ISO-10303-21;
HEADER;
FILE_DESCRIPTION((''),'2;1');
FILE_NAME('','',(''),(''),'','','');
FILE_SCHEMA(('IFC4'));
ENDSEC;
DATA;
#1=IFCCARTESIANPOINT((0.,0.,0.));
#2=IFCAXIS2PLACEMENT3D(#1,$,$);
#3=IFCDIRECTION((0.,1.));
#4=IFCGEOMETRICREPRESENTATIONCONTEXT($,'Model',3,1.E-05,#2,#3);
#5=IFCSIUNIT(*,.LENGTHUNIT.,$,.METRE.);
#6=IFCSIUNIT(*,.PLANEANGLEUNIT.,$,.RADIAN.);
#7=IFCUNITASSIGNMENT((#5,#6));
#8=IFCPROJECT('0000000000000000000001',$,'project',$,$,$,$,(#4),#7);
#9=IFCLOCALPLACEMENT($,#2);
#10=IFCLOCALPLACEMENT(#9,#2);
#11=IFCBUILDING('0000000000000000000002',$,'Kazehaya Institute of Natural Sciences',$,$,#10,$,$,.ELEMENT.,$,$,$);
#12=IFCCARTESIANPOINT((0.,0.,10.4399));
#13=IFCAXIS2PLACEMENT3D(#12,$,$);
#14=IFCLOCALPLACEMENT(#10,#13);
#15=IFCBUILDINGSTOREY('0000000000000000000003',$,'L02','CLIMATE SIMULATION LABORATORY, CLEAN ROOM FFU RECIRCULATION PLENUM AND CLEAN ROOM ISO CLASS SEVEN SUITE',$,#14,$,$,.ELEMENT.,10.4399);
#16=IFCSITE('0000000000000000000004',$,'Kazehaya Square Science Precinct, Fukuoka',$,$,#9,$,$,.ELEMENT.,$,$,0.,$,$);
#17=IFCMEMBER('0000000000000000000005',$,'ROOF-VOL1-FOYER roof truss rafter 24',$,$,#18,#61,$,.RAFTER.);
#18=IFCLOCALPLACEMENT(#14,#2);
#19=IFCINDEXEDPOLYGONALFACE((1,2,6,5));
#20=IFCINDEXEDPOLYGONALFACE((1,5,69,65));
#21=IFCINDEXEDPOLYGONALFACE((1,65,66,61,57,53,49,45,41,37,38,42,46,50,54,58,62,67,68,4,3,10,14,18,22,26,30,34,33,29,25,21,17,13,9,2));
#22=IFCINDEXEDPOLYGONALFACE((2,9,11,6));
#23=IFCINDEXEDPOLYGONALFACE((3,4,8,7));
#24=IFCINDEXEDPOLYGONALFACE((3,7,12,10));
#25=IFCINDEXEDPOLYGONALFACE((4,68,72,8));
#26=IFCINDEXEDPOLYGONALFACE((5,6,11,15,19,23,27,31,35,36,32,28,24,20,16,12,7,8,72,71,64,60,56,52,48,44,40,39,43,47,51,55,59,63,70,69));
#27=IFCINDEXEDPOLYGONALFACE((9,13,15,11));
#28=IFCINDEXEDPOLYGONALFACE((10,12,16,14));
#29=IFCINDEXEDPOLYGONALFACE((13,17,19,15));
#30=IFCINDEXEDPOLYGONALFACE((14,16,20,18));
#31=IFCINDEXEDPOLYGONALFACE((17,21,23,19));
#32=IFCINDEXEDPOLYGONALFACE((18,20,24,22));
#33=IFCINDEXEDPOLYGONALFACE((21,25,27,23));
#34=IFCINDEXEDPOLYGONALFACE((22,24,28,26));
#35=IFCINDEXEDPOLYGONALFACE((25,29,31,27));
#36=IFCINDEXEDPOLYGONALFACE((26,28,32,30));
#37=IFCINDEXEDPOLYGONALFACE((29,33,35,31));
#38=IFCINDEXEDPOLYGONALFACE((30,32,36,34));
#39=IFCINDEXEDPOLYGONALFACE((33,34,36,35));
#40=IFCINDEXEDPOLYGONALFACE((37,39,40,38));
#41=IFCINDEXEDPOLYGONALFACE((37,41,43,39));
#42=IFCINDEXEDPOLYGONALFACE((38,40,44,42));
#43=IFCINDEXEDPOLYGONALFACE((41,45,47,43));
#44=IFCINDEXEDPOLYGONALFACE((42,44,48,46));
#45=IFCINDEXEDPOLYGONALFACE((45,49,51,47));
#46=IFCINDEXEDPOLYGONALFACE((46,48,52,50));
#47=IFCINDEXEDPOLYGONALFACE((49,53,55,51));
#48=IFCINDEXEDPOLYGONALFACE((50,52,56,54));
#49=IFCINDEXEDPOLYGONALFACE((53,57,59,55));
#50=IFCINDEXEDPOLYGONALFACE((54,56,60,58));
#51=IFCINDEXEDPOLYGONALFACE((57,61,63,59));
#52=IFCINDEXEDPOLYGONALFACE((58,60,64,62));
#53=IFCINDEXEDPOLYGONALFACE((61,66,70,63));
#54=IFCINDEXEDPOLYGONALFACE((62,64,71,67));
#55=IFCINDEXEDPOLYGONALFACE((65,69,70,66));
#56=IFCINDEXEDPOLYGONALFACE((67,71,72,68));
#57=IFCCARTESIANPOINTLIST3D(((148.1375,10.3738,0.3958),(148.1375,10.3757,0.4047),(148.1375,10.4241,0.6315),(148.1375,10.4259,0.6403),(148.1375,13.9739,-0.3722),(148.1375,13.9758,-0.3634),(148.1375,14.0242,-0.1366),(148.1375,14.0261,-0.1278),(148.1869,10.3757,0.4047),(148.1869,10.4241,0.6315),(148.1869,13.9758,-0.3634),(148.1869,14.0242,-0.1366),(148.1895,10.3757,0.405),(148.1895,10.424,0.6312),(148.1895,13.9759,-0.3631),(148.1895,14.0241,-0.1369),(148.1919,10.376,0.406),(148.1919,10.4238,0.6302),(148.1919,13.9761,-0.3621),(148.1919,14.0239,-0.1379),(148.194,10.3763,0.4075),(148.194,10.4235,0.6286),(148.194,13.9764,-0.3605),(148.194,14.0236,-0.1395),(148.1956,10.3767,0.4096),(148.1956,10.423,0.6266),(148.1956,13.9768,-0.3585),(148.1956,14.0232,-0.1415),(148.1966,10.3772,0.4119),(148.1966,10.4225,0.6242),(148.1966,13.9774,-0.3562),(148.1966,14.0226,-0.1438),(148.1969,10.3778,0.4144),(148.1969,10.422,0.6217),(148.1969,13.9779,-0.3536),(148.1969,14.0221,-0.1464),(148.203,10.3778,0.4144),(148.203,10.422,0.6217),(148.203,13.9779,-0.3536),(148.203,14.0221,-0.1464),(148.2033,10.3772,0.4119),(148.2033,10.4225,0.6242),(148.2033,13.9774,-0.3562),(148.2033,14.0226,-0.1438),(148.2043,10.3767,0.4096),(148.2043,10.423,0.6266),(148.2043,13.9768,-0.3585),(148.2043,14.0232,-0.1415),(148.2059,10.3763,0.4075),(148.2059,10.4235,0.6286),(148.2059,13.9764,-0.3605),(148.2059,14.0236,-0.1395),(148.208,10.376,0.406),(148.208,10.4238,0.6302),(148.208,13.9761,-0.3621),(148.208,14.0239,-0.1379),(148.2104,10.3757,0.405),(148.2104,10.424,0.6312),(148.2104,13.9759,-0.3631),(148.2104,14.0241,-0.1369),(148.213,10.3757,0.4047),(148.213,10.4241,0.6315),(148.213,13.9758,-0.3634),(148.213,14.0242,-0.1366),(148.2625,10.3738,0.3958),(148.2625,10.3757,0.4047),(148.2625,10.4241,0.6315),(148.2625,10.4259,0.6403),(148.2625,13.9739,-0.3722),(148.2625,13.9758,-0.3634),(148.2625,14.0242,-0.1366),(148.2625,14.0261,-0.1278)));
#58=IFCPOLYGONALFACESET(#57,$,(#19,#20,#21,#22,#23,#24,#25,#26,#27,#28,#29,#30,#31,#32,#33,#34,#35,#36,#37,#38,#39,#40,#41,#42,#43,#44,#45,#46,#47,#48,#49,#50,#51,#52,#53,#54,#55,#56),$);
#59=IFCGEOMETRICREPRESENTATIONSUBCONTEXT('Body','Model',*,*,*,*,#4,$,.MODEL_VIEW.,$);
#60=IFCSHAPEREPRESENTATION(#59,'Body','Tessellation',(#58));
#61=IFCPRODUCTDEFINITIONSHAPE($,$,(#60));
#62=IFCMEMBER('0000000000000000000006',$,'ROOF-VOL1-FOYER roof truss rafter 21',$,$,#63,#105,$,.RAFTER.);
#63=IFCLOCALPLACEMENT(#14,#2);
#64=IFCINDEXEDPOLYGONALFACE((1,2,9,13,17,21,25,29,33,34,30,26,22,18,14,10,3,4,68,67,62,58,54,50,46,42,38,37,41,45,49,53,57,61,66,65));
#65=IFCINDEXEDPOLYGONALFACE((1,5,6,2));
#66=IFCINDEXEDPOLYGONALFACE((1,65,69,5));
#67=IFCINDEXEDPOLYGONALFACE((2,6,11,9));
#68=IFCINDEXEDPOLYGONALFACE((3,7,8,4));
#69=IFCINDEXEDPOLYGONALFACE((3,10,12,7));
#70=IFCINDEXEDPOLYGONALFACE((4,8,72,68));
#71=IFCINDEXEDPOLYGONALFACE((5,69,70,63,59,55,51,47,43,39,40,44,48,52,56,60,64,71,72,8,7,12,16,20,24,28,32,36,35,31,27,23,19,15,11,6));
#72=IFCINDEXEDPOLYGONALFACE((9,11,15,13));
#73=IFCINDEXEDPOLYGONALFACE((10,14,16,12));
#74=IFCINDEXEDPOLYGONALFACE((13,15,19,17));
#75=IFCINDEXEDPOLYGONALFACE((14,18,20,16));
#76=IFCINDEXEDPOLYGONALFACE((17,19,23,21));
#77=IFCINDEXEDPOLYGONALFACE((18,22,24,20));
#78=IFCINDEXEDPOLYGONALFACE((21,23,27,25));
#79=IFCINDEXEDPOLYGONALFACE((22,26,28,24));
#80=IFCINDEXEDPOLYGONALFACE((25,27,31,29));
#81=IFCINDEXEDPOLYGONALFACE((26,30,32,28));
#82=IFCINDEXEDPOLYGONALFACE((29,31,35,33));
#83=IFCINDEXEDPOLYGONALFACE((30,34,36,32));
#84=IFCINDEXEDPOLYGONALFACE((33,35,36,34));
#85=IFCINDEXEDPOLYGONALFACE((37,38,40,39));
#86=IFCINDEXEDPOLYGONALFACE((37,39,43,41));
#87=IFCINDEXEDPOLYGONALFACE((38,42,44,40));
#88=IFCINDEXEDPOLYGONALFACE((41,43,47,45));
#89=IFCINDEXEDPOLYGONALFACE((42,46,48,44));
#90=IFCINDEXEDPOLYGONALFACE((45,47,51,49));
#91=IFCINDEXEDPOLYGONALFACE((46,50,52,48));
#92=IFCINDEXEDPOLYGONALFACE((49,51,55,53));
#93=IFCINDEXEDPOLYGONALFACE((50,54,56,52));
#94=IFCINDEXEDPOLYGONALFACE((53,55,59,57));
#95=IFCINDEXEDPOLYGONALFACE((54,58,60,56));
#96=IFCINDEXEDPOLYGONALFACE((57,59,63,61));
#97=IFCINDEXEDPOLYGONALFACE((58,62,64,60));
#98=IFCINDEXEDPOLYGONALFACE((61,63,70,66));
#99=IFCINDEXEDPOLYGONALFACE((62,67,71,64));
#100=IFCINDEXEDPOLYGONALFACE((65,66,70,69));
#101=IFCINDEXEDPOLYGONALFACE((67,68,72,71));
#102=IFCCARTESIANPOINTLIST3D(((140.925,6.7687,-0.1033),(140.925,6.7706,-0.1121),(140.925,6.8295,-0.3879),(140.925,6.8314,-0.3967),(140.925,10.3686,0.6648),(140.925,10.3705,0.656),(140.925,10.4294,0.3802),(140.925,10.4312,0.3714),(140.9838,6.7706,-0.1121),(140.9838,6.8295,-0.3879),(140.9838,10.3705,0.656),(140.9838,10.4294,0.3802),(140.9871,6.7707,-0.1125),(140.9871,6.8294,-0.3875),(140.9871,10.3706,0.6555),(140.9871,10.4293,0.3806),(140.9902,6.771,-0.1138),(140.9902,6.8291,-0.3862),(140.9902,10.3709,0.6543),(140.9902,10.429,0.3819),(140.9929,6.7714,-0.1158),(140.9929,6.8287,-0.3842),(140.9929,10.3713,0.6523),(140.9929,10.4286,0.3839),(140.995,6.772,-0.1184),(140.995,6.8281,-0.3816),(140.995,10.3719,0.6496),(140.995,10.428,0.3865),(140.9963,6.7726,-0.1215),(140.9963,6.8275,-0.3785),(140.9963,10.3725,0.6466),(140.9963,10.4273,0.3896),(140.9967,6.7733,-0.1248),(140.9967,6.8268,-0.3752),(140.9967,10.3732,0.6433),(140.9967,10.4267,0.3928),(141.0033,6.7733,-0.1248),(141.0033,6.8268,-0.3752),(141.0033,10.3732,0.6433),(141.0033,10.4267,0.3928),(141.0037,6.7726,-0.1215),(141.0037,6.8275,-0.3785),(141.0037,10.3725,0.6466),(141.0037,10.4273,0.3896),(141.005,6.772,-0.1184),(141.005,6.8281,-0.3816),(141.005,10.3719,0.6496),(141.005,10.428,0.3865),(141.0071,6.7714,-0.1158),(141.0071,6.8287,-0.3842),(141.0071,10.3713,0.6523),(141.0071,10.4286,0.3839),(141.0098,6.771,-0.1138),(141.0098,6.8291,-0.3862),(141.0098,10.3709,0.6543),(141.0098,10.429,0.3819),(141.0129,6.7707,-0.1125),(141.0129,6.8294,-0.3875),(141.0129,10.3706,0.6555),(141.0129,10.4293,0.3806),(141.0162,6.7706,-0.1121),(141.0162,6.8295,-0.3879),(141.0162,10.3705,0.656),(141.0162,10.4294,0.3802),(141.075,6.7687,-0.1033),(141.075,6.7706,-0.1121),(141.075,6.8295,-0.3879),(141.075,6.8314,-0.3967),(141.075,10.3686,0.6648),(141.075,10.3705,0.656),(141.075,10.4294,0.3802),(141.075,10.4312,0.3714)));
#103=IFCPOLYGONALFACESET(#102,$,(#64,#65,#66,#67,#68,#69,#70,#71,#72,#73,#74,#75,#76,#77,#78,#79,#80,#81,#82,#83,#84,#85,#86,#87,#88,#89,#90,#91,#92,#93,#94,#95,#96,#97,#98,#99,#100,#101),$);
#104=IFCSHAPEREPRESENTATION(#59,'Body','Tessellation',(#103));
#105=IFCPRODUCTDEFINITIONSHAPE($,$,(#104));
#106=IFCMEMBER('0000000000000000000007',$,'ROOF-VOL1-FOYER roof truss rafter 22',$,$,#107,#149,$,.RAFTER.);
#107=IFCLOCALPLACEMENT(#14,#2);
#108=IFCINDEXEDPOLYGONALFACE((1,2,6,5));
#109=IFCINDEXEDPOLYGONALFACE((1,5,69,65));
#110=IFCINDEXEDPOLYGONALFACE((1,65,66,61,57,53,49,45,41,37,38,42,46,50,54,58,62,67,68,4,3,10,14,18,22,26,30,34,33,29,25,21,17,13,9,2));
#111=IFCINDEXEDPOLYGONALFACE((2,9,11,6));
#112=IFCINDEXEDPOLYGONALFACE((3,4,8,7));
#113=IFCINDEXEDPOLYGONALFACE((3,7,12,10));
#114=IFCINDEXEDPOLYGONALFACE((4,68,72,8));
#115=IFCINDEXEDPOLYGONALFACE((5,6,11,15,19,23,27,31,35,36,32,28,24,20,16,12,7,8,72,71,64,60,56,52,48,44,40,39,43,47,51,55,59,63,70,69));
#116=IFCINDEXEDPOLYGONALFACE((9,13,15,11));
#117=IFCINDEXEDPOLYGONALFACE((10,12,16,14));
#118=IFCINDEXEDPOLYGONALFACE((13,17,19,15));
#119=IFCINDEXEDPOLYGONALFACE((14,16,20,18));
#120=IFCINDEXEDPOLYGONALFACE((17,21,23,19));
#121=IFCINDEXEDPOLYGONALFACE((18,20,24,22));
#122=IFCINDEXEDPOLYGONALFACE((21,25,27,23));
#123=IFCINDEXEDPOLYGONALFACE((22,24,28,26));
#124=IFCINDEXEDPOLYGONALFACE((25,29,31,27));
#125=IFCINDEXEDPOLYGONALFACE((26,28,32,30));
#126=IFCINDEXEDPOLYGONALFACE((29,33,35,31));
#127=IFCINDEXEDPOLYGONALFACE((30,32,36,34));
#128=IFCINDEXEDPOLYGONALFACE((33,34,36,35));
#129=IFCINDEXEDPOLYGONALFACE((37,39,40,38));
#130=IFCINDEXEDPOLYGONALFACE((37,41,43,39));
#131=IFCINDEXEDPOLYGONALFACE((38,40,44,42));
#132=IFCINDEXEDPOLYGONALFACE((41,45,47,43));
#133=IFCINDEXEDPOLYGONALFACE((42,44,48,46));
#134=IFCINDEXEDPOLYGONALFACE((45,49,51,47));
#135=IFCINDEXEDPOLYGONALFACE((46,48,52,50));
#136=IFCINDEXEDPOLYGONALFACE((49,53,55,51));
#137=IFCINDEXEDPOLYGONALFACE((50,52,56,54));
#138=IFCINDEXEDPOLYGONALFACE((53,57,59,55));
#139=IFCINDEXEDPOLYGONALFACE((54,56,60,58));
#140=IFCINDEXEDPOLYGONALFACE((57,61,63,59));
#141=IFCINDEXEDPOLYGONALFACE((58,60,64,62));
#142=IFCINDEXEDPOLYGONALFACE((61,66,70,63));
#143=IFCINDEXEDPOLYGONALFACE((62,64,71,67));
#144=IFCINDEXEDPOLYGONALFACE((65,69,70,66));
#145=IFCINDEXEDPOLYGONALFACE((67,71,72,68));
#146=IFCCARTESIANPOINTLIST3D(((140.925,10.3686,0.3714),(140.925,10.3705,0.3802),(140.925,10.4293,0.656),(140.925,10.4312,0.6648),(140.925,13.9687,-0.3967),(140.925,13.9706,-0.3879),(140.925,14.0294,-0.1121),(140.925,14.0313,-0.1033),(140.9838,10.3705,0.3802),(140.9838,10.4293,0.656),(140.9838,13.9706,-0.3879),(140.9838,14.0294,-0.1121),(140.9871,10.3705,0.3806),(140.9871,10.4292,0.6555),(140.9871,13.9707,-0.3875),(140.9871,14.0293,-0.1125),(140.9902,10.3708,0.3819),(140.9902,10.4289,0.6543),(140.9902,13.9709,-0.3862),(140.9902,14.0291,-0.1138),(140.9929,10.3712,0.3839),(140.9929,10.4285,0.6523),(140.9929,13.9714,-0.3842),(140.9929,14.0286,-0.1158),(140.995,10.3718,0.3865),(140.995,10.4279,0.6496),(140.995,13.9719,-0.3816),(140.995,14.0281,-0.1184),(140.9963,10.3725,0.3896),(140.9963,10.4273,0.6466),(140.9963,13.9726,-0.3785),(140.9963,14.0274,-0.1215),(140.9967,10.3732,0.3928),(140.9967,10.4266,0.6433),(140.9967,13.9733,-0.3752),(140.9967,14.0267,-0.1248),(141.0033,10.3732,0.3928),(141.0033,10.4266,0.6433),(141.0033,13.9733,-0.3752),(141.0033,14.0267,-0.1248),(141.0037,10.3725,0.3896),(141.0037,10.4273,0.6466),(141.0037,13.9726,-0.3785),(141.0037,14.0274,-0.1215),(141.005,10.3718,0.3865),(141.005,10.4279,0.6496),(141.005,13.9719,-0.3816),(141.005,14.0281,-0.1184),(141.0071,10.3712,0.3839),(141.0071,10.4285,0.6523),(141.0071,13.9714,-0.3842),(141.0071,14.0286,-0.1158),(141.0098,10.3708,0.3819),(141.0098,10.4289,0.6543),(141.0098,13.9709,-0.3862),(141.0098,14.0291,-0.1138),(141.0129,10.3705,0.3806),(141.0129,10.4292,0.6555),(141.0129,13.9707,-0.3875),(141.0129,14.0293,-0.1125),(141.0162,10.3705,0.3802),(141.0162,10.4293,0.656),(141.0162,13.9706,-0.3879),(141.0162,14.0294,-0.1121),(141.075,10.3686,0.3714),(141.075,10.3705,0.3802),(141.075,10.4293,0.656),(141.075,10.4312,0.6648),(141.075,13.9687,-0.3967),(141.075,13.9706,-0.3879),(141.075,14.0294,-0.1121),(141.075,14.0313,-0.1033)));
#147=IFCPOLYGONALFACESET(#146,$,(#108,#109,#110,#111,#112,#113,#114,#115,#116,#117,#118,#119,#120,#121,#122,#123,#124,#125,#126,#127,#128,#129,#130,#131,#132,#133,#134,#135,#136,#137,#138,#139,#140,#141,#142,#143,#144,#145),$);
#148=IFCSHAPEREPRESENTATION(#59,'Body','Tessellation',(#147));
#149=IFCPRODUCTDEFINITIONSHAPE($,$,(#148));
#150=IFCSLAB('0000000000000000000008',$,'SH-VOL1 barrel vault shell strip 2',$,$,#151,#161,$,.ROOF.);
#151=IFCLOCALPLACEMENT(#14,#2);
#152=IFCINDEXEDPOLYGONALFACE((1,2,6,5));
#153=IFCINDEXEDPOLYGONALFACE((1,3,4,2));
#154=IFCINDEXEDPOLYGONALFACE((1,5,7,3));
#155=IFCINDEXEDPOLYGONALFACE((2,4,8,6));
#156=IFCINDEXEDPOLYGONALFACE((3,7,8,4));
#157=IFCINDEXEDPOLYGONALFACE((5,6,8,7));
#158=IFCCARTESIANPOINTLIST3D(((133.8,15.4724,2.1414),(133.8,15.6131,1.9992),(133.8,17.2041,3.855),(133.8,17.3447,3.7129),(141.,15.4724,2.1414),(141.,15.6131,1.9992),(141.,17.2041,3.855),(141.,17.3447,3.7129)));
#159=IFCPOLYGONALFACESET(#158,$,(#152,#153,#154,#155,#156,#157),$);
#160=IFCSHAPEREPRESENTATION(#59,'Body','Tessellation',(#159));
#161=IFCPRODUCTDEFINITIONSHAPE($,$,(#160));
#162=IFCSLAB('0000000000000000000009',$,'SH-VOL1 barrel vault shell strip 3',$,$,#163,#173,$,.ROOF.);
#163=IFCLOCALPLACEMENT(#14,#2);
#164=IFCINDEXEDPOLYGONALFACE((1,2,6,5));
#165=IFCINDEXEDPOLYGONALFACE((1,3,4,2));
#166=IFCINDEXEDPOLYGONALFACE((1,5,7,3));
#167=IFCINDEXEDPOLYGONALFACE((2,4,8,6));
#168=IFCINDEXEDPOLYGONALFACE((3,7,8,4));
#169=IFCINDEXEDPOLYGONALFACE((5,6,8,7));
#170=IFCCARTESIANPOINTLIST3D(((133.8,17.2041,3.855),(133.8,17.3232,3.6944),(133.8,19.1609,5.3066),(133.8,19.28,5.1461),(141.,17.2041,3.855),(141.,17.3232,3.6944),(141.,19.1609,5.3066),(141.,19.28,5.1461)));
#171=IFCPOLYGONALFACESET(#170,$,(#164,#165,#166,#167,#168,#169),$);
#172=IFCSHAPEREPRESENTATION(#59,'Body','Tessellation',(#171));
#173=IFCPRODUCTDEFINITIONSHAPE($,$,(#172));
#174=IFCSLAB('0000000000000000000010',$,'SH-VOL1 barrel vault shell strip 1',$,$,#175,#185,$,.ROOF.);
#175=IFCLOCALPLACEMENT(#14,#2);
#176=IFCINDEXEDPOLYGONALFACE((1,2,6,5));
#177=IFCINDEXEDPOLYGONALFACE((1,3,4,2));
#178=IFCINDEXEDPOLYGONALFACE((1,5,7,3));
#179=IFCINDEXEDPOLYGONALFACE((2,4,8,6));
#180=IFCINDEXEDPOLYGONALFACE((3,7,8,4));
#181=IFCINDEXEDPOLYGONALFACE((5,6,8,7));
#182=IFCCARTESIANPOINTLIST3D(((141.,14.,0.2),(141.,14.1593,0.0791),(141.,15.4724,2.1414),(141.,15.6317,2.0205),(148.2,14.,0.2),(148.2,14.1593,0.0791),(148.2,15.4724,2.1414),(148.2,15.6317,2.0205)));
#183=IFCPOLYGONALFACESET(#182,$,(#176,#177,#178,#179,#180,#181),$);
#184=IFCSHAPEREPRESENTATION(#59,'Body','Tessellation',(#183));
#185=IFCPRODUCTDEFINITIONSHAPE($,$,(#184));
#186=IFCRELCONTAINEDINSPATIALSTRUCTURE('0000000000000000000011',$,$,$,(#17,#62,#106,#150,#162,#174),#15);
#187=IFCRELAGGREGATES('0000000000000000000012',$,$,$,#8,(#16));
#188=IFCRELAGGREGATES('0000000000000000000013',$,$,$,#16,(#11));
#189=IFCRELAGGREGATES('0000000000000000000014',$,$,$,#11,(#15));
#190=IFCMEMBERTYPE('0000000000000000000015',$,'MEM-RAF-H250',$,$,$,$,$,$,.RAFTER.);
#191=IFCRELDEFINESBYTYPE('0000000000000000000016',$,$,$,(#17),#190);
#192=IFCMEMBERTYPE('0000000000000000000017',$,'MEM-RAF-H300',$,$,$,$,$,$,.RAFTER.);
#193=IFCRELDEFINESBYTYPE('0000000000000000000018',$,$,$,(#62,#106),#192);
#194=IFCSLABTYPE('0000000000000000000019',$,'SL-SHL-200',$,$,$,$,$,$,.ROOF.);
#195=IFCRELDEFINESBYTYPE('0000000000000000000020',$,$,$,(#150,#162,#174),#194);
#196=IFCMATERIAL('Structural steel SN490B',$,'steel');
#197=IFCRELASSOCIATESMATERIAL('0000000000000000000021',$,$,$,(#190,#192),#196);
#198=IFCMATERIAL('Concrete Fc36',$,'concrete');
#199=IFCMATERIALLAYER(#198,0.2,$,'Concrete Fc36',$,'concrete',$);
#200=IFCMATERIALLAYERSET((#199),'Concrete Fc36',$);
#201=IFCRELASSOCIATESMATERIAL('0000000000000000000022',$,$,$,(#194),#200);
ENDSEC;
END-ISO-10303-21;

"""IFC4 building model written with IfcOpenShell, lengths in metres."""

from ifc_helpers import new_model, si_unit, direction, frame, origin, origin_2d, place, context, subcontext, project, spatial, polyline, i_section, outline, extrude, material, layer, layer_set, material_profile, profile_set, type_object, element, save


model = new_model("IFC4")

# Units and contexts
model_context = context("Model", 3, precision=1e-05, world=origin(), true_north=direction((0.0, 1.0)))
body_context = subcontext(model_context, "Body", "Model", "MODEL_VIEW")
ifc_project = project(units=[si_unit("LENGTHUNIT", "METRE"), si_unit("PLANEANGLEUNIT", "RADIAN")], contexts=[model_context])

# Site, building, storey
site_placement = place(None, origin())
site = spatial("IfcSite", under=ifc_project, at=site_placement, Name="Kazehaya Square Science Precinct, Fukuoka", CompositionType="ELEMENT", RefElevation=0.0)
building_placement = place(site_placement, origin())
building = spatial("IfcBuilding", under=site, at=building_placement, Name="Kazehaya Institute of Natural Sciences", CompositionType="ELEMENT")
storey_placement = place(building_placement, frame((0.0, 0.0, 10.4399)))
storey = spatial("IfcBuildingStorey", under=building, at=storey_placement, Name="L02", Description="CLIMATE SIMULATION LABORATORY, CLEAN ROOM FFU RECIRCULATION PLENUM AND CLEAN ROOM ISO CLASS SEVEN SUITE", CompositionType="ELEMENT", Elevation=10.4399)

# Shared definitions
ifc_material_1 = material(Name="Concrete Fc36", Category="concrete")
ifc_material_2 = material(Name="Structural steel SN490B", Category="steel")

# Members
ifc_material_profile_1 = material_profile(ifc_material_2, i_section(OverallWidth=0.125, OverallDepth=0.25, WebThickness=0.0061, FlangeThickness=0.009, FilletRadius=0.01, at=origin_2d()), Name="H-250x125x6x9")
ifc_profile_set_1 = profile_set([ifc_material_profile_1], Name="Structural steel SN490B")
member_type_1 = type_object("IfcMemberType", Name="MEM-RAF-H250", PredefinedType="RAFTER", material=ifc_profile_set_1)
member_1_placement = place(storey_placement, frame((148.2, 14.0, -0.25), z_axis=(0.0, -0.97799, 0.20865), x_axis=(1.0, 0.0, 0.0)))
element("IfcMember", 1, at=member_1_placement, inside=storey, type_object=member_type_1, Name="ROOF-VOL1-FOYER roof truss rafter 24", PredefinedType="RAFTER", context=body_context, shape_type="SweptSolid", body=[
    extrude(i_section(OverallWidth=0.125, OverallDepth=0.25, WebThickness=0.0061, FlangeThickness=0.009, FilletRadius=0.01, at=origin_2d()), origin(), (0.0, 0.0, 1.0), 3.6812),
])
ifc_material_profile_2 = material_profile(ifc_material_2, i_section(OverallWidth=0.1499, OverallDepth=0.3, WebThickness=0.0066, FlangeThickness=0.009, FilletRadius=0.0129, at=origin_2d()), Name="H-300x150x6.5x9")
ifc_profile_set_2 = profile_set([ifc_material_profile_2], Name="Structural steel SN490B")
member_type_2 = type_object("IfcMemberType", Name="MEM-RAF-H300", PredefinedType="RAFTER", material=ifc_profile_set_2)
member_2_placement = place(storey_placement, frame((141.0, 6.8, -0.25), z_axis=(0.0, 0.977987, 0.208664), x_axis=(-1.0, 0.0, 0.0)))
element("IfcMember", 2, at=member_2_placement, inside=storey, type_object=member_type_2, Name="ROOF-VOL1-FOYER roof truss rafter 21", PredefinedType="RAFTER", context=body_context, shape_type="SweptSolid", body=[
    extrude(i_section(OverallWidth=0.1499, OverallDepth=0.3, WebThickness=0.0066, FlangeThickness=0.009, FilletRadius=0.0129, at=origin_2d()), origin(), (0.0, 0.0, 1.0), 3.6809),
])
member_3_placement = place(storey_placement, frame((141.0, 14.0, -0.25), z_axis=(0.0, -0.97799, 0.20865), x_axis=(1.0, 0.0, 0.0)))
element("IfcMember", 3, at=member_3_placement, inside=storey, type_object=member_type_2, Name="ROOF-VOL1-FOYER roof truss rafter 22", PredefinedType="RAFTER", context=body_context, shape_type="SweptSolid", body=[
    extrude(i_section(OverallWidth=0.1499, OverallDepth=0.3, WebThickness=0.0066, FlangeThickness=0.009, FilletRadius=0.0129, at=origin_2d()), origin(), (0.0, 0.0, 1.0), 3.6812),
])

# Slabs
ifc_layer_1 = layer(ifc_material_1, 0.2, Name="Concrete Fc36", Category="concrete")
ifc_layer_set_1 = layer_set([ifc_layer_1], Name="Concrete Fc36")
slab_type = type_object("IfcSlabType", Name="SL-SHL-200", PredefinedType="ROOF", material=ifc_layer_set_1)
slab_1_placement = place(storey_placement, frame((133.8, 15.4724, 2.1414), z_axis=(0.0, -0.703389, 0.710805), x_axis=(1.0, 0.0, 0.0)))
element("IfcSlab", 4, at=slab_1_placement, inside=storey, type_object=slab_type, Name="SH-VOL1 barrel vault shell strip 2", PredefinedType="ROOF", context=body_context, shape_type="SweptSolid", body=[
    extrude(outline(polyline([(0.0, 0.0), (7.2, 0.0), (7.2, 2.4362), (0.0, 2.4362), (0.0, 0.0)])), origin(), (0.0, 0.0, -1.0), 0.2),
])
slab_2_placement = place(storey_placement, frame((133.8, 17.2041, 3.855), z_axis=(0.0, -0.595807, 0.803127), x_axis=(1.0, 0.0, 0.0)))
element("IfcSlab", 5, at=slab_2_placement, inside=storey, type_object=slab_type, Name="SH-VOL1 barrel vault shell strip 3", PredefinedType="ROOF", context=body_context, shape_type="SweptSolid", body=[
    extrude(outline(polyline([(0.0, 0.0), (7.2, 0.0), (7.2, 2.4365), (0.0, 2.4365), (0.0, 0.0)])), origin(), (0.0, 0.0, -1.0), 0.2),
])
slab_3_placement = place(storey_placement, frame((141.0, 14.0, 0.2), z_axis=(0.0, -0.796766, 0.604288), x_axis=(1.0, 0.0, 0.0)))
element("IfcSlab", 6, at=slab_3_placement, inside=storey, type_object=slab_type, Name="SH-VOL1 barrel vault shell strip 1", PredefinedType="ROOF", context=body_context, shape_type="SweptSolid", body=[
    extrude(outline(polyline([(0.0, 0.0), (7.2, 0.0), (7.2, 2.4366), (0.0, 2.4366), (0.0, 0.0)])), origin(), (0.0, 0.0, -1.0), 0.2),
])

save(model, "model.ifc")
